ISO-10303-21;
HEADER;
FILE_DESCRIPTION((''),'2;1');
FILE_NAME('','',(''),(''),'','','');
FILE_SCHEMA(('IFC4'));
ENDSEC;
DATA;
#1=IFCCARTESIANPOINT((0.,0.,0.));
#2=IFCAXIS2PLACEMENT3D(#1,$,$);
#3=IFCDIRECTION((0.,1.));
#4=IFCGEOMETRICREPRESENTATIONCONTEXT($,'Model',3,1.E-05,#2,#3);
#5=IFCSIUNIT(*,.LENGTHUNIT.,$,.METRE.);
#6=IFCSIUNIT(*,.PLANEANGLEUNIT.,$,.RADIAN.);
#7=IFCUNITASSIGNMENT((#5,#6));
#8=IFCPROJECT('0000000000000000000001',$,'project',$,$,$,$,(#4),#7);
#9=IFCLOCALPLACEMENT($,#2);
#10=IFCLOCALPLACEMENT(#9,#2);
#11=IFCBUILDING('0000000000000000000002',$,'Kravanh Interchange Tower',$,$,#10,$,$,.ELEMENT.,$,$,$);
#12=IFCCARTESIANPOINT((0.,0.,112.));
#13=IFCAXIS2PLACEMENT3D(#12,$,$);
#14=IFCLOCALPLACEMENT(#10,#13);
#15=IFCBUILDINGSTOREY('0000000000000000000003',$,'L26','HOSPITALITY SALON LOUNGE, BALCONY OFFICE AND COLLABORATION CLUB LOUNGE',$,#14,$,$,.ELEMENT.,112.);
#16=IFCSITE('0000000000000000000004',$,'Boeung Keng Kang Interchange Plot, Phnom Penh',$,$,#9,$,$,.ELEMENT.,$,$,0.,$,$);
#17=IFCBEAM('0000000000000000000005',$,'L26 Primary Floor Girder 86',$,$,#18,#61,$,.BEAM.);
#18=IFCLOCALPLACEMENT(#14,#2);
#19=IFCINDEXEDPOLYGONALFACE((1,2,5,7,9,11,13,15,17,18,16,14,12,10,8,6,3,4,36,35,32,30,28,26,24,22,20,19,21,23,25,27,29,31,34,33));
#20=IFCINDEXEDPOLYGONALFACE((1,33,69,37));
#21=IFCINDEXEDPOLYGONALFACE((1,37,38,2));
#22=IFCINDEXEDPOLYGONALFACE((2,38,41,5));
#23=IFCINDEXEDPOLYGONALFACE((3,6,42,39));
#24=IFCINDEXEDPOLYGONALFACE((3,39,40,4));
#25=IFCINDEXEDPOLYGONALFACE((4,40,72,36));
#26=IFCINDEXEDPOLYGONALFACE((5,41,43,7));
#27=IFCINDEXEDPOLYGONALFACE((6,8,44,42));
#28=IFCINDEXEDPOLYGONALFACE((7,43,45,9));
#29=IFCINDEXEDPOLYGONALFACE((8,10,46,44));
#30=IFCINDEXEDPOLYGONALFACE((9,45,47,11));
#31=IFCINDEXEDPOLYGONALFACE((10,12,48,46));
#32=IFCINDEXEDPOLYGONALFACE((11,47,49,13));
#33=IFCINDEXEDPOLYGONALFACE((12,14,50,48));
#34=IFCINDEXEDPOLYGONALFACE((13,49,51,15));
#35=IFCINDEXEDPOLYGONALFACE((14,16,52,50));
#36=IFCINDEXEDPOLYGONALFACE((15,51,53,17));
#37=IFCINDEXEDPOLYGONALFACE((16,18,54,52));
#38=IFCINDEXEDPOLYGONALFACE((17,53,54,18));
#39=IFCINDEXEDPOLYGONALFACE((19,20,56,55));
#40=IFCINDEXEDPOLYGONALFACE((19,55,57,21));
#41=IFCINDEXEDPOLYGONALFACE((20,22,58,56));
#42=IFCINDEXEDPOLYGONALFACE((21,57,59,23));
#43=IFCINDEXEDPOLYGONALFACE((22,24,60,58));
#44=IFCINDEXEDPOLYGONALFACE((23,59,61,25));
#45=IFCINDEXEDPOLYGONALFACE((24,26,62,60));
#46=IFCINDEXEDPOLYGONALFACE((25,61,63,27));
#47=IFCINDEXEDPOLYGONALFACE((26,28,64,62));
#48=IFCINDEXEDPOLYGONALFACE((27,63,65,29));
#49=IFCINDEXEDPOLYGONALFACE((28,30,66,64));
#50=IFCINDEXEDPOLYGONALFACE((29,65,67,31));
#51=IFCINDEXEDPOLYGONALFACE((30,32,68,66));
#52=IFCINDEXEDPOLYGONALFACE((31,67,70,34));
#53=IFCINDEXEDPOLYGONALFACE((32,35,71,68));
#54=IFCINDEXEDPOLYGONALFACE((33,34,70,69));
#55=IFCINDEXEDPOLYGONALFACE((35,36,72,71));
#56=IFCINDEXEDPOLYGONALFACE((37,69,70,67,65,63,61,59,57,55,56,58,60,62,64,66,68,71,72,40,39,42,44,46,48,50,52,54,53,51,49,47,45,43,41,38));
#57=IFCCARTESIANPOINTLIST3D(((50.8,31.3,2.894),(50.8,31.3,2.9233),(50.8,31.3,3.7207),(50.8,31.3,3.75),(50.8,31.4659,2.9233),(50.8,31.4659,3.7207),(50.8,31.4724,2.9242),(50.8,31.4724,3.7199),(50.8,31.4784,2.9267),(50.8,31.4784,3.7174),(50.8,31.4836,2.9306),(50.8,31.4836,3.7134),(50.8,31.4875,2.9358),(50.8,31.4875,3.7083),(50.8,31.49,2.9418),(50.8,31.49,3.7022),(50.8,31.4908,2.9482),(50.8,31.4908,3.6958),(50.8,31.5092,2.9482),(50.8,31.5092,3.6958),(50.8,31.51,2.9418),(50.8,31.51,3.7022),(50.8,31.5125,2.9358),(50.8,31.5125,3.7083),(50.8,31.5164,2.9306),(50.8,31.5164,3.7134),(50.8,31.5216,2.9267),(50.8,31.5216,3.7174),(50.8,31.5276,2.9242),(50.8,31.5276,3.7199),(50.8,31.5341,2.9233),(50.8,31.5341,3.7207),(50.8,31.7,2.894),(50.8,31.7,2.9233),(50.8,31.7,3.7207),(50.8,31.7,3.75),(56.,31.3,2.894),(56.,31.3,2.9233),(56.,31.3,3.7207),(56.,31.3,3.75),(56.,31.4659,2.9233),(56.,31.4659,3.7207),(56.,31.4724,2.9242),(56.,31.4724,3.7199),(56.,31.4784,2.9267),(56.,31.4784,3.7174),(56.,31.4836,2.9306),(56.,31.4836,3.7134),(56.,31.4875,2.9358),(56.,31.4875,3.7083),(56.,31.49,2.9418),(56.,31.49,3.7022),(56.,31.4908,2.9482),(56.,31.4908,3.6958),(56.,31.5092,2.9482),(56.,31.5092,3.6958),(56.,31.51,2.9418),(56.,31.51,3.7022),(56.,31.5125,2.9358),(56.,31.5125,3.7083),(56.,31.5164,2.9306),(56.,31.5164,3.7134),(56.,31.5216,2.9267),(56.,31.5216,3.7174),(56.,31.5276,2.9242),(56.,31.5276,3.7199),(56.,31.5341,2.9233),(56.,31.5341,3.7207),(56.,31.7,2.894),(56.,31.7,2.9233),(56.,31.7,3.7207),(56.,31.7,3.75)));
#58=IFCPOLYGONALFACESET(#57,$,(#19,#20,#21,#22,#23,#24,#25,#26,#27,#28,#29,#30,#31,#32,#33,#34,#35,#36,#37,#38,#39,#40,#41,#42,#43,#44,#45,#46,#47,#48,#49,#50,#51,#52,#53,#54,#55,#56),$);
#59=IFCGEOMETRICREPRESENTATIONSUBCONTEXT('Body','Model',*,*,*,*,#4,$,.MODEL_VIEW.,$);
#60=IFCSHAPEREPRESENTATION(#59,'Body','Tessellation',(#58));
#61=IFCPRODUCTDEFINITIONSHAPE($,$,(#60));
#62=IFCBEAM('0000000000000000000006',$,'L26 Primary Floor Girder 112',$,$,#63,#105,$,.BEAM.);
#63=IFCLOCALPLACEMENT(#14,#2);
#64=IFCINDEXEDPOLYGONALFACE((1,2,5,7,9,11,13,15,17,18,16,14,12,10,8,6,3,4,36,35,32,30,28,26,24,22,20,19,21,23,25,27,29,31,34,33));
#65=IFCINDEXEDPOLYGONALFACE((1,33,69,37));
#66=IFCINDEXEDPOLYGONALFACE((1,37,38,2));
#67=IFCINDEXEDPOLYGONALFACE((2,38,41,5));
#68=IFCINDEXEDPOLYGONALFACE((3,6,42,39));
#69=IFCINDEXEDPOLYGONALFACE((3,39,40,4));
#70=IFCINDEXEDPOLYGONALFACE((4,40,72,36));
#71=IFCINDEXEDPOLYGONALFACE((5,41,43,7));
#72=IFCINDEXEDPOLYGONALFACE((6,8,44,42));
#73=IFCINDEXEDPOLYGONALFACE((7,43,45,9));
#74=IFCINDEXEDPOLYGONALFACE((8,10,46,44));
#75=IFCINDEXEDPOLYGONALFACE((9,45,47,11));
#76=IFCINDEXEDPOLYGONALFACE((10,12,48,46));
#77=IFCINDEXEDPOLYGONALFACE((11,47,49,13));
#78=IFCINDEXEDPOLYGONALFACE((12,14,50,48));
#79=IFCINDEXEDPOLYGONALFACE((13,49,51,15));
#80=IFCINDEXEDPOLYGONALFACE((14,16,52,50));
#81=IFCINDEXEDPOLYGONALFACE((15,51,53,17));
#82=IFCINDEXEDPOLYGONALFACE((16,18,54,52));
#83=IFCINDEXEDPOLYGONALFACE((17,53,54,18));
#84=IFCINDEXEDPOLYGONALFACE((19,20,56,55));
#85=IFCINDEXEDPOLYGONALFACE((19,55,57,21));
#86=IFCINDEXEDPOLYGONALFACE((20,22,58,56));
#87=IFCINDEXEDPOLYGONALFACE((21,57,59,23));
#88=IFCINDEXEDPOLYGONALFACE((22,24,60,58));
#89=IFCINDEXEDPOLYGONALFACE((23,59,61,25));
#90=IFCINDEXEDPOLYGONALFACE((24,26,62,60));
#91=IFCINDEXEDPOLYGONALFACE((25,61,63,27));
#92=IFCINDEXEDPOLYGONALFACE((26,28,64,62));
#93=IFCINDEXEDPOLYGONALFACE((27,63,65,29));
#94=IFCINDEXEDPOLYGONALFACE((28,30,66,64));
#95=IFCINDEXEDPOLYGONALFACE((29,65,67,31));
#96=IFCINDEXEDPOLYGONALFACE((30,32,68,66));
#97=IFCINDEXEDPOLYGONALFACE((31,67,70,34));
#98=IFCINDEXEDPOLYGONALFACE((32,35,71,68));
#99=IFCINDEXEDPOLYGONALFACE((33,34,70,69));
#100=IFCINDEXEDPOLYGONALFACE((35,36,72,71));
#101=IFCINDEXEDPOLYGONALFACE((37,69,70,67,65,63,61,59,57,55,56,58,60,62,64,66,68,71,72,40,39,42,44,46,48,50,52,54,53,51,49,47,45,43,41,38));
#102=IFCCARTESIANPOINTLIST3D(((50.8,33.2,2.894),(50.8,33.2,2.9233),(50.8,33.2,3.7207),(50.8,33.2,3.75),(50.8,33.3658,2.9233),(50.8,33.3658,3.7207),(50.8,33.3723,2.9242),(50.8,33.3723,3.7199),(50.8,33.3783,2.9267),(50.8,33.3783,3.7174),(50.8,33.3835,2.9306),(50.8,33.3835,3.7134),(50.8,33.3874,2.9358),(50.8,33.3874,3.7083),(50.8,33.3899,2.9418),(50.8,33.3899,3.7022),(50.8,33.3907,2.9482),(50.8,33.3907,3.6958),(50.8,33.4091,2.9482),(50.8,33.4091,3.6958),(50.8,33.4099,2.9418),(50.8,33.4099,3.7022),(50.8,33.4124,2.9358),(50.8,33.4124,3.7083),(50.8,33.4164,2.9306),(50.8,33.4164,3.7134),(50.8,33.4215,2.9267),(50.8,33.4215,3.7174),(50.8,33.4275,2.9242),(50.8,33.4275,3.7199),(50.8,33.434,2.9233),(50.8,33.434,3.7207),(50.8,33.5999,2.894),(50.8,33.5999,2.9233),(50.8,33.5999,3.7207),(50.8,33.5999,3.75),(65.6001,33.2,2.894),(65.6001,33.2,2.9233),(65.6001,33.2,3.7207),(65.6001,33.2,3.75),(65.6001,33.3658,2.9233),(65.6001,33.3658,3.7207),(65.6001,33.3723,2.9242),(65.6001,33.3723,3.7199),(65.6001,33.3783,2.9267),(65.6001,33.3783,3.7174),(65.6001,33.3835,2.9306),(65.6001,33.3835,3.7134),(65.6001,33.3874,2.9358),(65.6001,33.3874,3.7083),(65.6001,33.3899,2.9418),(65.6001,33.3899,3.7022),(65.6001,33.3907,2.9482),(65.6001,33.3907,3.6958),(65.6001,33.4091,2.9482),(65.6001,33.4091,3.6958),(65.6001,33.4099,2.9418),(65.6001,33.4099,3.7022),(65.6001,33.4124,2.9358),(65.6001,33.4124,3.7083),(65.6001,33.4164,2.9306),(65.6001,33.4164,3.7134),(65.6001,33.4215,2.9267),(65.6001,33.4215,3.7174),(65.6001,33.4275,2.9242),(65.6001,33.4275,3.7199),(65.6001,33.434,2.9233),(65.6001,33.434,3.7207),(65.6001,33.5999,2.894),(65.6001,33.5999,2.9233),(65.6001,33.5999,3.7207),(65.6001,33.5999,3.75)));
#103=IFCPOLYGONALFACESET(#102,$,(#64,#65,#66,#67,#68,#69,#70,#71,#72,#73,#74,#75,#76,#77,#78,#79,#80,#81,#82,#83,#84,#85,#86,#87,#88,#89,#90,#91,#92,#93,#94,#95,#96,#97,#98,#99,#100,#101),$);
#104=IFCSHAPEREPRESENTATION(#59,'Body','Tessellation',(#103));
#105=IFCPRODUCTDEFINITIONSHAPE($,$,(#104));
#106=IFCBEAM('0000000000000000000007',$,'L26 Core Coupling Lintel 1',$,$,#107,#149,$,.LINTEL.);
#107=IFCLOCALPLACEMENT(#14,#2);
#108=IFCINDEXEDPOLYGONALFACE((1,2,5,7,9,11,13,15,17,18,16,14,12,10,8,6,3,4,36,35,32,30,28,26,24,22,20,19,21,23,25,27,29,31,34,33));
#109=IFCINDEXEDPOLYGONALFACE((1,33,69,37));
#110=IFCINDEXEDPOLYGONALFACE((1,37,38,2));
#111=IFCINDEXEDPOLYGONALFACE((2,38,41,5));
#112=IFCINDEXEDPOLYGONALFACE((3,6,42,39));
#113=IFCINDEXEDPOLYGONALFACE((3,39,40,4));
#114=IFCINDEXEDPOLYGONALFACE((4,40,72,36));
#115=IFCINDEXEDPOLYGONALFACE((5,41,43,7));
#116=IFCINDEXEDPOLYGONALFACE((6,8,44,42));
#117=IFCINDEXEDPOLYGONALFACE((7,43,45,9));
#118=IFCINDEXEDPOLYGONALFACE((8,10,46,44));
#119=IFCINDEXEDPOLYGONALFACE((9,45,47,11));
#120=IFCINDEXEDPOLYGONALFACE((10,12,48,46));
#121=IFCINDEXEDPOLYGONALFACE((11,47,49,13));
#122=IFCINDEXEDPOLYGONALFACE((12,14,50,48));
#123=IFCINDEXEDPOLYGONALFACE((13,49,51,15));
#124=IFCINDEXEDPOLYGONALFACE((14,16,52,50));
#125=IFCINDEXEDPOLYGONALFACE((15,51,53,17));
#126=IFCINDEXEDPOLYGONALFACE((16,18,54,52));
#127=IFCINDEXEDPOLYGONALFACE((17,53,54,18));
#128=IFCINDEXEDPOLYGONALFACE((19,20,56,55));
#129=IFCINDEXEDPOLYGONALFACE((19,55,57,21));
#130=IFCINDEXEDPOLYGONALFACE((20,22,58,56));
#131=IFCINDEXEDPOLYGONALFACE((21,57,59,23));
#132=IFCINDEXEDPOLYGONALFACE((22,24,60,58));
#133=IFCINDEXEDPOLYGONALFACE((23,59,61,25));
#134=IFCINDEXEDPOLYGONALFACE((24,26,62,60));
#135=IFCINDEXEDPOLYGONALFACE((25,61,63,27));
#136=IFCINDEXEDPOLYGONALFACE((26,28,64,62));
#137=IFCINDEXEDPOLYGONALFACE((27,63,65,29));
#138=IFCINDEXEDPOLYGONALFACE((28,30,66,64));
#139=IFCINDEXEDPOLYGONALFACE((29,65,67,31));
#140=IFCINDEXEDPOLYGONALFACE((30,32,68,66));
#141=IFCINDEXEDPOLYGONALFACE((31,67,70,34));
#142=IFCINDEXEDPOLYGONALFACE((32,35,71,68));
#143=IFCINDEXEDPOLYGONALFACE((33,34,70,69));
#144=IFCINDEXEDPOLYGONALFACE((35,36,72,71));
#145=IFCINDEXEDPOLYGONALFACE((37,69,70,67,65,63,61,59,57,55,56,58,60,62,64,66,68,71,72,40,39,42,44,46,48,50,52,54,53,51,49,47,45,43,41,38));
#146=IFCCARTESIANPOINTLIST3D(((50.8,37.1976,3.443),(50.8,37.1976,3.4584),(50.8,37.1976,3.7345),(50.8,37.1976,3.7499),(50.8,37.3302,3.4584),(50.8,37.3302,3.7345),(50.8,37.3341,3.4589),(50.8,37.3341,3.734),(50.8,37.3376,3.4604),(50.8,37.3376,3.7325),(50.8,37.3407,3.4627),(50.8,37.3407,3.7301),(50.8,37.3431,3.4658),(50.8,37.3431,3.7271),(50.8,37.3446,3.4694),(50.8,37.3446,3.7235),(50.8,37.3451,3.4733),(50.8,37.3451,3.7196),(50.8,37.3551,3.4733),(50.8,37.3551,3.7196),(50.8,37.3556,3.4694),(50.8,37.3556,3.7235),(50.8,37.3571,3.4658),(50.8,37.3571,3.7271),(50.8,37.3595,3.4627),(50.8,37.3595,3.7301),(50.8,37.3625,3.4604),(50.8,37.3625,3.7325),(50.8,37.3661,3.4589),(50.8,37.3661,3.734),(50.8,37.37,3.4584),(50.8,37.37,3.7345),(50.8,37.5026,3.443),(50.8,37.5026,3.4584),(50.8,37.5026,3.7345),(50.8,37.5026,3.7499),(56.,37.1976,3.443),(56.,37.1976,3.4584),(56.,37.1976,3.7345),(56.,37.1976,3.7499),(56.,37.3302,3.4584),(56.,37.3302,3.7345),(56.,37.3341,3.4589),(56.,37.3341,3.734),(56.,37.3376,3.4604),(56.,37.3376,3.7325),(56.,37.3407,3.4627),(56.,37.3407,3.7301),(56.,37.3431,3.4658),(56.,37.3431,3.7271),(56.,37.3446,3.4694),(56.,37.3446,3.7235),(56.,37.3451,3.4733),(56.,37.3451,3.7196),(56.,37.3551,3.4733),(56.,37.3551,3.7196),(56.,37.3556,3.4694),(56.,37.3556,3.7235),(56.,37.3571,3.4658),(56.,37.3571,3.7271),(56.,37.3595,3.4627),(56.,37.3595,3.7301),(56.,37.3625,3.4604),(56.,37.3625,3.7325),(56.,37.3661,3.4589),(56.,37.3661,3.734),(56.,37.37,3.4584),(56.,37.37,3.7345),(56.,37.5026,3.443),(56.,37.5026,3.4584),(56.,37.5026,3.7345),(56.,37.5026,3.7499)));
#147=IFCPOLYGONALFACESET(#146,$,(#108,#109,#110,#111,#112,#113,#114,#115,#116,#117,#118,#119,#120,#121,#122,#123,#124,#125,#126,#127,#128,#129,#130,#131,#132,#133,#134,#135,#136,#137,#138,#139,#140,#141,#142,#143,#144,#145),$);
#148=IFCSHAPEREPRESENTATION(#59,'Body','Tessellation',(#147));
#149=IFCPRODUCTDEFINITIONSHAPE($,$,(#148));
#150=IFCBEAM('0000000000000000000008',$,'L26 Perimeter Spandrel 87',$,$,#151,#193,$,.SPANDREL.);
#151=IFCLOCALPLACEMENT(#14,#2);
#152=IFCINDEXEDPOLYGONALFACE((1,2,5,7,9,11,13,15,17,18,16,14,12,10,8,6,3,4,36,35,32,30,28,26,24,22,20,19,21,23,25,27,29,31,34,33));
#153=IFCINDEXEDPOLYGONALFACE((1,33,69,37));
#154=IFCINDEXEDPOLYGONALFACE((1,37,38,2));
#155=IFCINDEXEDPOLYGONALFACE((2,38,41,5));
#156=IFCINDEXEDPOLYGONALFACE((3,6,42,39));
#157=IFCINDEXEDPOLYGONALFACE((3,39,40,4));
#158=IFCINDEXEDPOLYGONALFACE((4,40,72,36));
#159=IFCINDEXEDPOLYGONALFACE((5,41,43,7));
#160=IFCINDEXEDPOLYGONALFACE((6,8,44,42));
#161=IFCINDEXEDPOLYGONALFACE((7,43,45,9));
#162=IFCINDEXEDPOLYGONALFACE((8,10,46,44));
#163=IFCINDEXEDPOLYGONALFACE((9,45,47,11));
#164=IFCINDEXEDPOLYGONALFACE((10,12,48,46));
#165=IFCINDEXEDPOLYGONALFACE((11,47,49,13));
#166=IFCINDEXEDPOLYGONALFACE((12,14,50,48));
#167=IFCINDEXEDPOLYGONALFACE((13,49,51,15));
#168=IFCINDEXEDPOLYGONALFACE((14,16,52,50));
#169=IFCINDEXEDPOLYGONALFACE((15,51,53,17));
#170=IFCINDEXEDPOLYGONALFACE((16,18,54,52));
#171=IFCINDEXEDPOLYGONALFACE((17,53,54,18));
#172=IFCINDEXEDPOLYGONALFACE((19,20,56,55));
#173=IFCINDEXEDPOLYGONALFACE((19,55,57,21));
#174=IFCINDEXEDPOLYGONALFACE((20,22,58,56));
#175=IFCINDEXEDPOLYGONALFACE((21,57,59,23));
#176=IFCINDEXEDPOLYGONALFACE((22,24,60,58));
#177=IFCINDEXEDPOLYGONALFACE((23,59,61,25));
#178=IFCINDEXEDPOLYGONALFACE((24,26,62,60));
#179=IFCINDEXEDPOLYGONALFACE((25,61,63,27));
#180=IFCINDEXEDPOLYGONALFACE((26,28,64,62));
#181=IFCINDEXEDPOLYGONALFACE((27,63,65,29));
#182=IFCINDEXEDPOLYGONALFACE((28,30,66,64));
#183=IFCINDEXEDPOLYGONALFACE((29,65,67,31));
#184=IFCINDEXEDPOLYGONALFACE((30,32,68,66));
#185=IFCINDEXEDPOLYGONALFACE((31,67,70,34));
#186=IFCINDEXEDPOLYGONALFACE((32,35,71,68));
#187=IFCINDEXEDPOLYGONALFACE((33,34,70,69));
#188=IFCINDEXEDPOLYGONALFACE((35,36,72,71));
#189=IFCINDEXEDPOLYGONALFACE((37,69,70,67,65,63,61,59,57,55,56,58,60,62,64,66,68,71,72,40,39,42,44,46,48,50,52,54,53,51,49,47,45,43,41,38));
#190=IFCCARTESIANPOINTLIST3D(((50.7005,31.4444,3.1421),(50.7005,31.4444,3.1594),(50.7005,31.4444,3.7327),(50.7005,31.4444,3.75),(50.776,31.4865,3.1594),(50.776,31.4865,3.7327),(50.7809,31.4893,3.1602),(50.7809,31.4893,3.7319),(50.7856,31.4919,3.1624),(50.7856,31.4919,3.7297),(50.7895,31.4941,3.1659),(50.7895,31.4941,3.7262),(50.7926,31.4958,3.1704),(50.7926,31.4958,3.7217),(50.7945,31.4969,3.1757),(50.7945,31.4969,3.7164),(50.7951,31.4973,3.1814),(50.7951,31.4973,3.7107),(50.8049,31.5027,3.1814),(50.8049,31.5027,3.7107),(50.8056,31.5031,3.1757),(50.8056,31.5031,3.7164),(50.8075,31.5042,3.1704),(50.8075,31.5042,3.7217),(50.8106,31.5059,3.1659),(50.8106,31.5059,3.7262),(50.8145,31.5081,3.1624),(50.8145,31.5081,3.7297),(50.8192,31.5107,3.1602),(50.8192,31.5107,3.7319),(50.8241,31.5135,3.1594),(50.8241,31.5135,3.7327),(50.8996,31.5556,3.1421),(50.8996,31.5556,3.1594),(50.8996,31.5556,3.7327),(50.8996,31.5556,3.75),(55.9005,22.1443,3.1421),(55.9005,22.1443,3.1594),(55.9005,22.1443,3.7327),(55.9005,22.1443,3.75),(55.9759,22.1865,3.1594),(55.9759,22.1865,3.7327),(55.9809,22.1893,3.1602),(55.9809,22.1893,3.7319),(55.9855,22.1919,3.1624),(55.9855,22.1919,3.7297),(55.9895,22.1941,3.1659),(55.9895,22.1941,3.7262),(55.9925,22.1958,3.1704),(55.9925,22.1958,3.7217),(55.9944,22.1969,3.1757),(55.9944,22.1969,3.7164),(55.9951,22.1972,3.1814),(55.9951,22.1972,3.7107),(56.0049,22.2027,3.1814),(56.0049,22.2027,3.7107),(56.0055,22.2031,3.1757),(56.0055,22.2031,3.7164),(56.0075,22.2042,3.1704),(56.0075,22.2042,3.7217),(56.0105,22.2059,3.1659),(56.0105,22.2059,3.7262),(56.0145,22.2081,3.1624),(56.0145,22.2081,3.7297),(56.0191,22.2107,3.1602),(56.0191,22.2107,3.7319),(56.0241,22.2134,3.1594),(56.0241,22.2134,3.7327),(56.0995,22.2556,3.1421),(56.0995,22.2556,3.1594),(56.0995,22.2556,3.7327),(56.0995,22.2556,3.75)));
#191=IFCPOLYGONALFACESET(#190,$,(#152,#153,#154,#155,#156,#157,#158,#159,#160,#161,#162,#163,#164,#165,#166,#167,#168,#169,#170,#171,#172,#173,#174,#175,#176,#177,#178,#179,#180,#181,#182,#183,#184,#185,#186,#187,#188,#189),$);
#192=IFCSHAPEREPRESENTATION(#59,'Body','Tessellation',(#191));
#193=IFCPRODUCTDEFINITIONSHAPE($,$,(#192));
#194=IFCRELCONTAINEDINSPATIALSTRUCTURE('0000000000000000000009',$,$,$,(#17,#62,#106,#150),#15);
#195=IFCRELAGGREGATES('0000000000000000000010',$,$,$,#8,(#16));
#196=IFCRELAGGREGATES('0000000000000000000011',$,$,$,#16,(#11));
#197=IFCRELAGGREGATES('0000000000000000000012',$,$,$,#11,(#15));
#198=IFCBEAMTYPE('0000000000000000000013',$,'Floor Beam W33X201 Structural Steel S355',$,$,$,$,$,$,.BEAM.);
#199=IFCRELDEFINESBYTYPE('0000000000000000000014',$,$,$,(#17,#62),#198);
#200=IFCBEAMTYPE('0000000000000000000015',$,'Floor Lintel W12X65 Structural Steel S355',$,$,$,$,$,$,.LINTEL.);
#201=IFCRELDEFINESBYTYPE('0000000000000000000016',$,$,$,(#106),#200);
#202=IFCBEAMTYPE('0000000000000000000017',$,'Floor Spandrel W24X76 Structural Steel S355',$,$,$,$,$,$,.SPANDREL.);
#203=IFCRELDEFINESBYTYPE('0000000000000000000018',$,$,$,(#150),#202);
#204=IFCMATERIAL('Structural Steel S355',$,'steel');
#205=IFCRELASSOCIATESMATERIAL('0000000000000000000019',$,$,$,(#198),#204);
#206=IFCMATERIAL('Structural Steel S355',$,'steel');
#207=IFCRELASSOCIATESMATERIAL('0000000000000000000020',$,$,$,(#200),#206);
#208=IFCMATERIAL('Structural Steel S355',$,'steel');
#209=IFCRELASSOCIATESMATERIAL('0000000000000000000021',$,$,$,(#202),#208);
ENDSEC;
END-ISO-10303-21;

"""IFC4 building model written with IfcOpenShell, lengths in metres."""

from ifc_helpers import new_model, si_unit, direction, frame, origin, origin_2d, place, context, subcontext, project, spatial, i_section, extrude, material, material_profile, profile_set, type_object, element, save


model = new_model("IFC4")

# Units and contexts
model_context = context("Model", 3, precision=1e-05, world=origin(), true_north=direction((0.0, 1.0)))
body_context = subcontext(model_context, "Body", "Model", "MODEL_VIEW")
ifc_project = project(units=[si_unit("LENGTHUNIT", "METRE"), si_unit("PLANEANGLEUNIT", "RADIAN")], contexts=[model_context])

# Site, building, storey
site_placement = place(None, origin())
site = spatial("IfcSite", under=ifc_project, at=site_placement, Name="Boeung Keng Kang Interchange Plot, Phnom Penh", CompositionType="ELEMENT", RefElevation=0.0)
building_placement = place(site_placement, origin())
building = spatial("IfcBuilding", under=site, at=building_placement, Name="Kravanh Interchange Tower", CompositionType="ELEMENT")
storey_placement = place(building_placement, frame((0.0, 0.0, 112.0)))
storey = spatial("IfcBuildingStorey", under=building, at=storey_placement, Name="L26", Description="HOSPITALITY SALON LOUNGE, BALCONY OFFICE AND COLLABORATION CLUB LOUNGE", CompositionType="ELEMENT", Elevation=112.0)

# Beams
ifc_material_1 = material(Name="Structural Steel S355", Category="steel")
ifc_material_profile_1 = material_profile(ifc_material_1, i_section(OverallWidth=0.3999, OverallDepth=0.856, WebThickness=0.0183, FlangeThickness=0.0293, FilletRadius=0.0249, at=origin_2d()), Name="W33X201")
ifc_profile_set_1 = profile_set([ifc_material_profile_1], Name="Structural Steel S355")
beam_type_1 = type_object("IfcBeamType", Name="Floor Beam W33X201 Structural Steel S355", PredefinedType="BEAM", material=ifc_profile_set_1)
beam_1_placement = place(storey_placement, frame((50.8, 31.5, 3.322), z_axis=(1.0, 0.0, 0.0), x_axis=(0.0, 1.0, 0.0)))
element("IfcBeam", 1, at=beam_1_placement, inside=storey, type_object=beam_type_1, Name="L26 Primary Floor Girder 86", PredefinedType="BEAM", context=body_context, shape_type="SweptSolid", body=[
    extrude(i_section(OverallWidth=0.3999, OverallDepth=0.856, WebThickness=0.0183, FlangeThickness=0.0293, FilletRadius=0.0249, at=origin_2d()), origin(), (0.0, 0.0, 1.0), 5.2),
])
beam_2_placement = place(storey_placement, frame((50.8, 33.3999, 3.322), z_axis=(1.0, 0.0, 0.0), x_axis=(0.0, 1.0, 0.0)))
element("IfcBeam", 2, at=beam_2_placement, inside=storey, type_object=beam_type_1, Name="L26 Primary Floor Girder 112", PredefinedType="BEAM", context=body_context, shape_type="SweptSolid", body=[
    extrude(i_section(OverallWidth=0.3999, OverallDepth=0.856, WebThickness=0.0183, FlangeThickness=0.0293, FilletRadius=0.0249, at=origin_2d()), origin(), (0.0, 0.0, 1.0), 14.8),
])
ifc_material_2 = material(Name="Structural Steel S355", Category="steel")
ifc_material_profile_2 = material_profile(ifc_material_2, i_section(OverallWidth=0.3049, OverallDepth=0.3069, WebThickness=0.01, FlangeThickness=0.0154, FilletRadius=0.0149, at=origin_2d()), Name="W12X65")
ifc_profile_set_2 = profile_set([ifc_material_profile_2], Name="Structural Steel S355")
beam_type_2 = type_object("IfcBeamType", Name="Floor Lintel W12X65 Structural Steel S355", PredefinedType="LINTEL", material=ifc_profile_set_2)
beam_3_placement = place(storey_placement, frame((50.8, 37.3501, 3.5964), z_axis=(1.0, 0.0, 0.0), x_axis=(0.0, 1.0, 0.0)))
element("IfcBeam", 3, at=beam_3_placement, inside=storey, type_object=beam_type_2, Name="L26 Core Coupling Lintel 1", PredefinedType="LINTEL", context=body_context, shape_type="SweptSolid", body=[
    extrude(i_section(OverallWidth=0.3049, OverallDepth=0.3069, WebThickness=0.01, FlangeThickness=0.0154, FilletRadius=0.0149, at=origin_2d()), origin(), (0.0, 0.0, 1.0), 5.2),
])
ifc_material_3 = material(Name="Structural Steel S355", Category="steel")
ifc_material_profile_3 = material_profile(ifc_material_3, i_section(OverallWidth=0.228, OverallDepth=0.6079, WebThickness=0.0112, FlangeThickness=0.0173, FilletRadius=0.022, at=origin_2d()), Name="W24X76")
ifc_profile_set_3 = profile_set([ifc_material_profile_3], Name="Structural Steel S355")
beam_type_3 = type_object("IfcBeamType", Name="Floor Spandrel W24X76 Structural Steel S355", PredefinedType="SPANDREL", material=ifc_profile_set_3)
beam_4_placement = place(storey_placement, frame((50.8, 31.5, 3.446), z_axis=(0.488026, -0.872829, 0.0), x_axis=(0.872829, 0.488026, 0.0)))
element("IfcBeam", 4, at=beam_4_placement, inside=storey, type_object=beam_type_3, Name="L26 Perimeter Spandrel 87", PredefinedType="SPANDREL", context=body_context, shape_type="SweptSolid", body=[
    extrude(i_section(OverallWidth=0.228, OverallDepth=0.6079, WebThickness=0.0112, FlangeThickness=0.0173, FilletRadius=0.022, at=origin_2d()), origin(), (0.0, 0.0, 1.0), 10.655),
])

save(model, "model.ifc")
